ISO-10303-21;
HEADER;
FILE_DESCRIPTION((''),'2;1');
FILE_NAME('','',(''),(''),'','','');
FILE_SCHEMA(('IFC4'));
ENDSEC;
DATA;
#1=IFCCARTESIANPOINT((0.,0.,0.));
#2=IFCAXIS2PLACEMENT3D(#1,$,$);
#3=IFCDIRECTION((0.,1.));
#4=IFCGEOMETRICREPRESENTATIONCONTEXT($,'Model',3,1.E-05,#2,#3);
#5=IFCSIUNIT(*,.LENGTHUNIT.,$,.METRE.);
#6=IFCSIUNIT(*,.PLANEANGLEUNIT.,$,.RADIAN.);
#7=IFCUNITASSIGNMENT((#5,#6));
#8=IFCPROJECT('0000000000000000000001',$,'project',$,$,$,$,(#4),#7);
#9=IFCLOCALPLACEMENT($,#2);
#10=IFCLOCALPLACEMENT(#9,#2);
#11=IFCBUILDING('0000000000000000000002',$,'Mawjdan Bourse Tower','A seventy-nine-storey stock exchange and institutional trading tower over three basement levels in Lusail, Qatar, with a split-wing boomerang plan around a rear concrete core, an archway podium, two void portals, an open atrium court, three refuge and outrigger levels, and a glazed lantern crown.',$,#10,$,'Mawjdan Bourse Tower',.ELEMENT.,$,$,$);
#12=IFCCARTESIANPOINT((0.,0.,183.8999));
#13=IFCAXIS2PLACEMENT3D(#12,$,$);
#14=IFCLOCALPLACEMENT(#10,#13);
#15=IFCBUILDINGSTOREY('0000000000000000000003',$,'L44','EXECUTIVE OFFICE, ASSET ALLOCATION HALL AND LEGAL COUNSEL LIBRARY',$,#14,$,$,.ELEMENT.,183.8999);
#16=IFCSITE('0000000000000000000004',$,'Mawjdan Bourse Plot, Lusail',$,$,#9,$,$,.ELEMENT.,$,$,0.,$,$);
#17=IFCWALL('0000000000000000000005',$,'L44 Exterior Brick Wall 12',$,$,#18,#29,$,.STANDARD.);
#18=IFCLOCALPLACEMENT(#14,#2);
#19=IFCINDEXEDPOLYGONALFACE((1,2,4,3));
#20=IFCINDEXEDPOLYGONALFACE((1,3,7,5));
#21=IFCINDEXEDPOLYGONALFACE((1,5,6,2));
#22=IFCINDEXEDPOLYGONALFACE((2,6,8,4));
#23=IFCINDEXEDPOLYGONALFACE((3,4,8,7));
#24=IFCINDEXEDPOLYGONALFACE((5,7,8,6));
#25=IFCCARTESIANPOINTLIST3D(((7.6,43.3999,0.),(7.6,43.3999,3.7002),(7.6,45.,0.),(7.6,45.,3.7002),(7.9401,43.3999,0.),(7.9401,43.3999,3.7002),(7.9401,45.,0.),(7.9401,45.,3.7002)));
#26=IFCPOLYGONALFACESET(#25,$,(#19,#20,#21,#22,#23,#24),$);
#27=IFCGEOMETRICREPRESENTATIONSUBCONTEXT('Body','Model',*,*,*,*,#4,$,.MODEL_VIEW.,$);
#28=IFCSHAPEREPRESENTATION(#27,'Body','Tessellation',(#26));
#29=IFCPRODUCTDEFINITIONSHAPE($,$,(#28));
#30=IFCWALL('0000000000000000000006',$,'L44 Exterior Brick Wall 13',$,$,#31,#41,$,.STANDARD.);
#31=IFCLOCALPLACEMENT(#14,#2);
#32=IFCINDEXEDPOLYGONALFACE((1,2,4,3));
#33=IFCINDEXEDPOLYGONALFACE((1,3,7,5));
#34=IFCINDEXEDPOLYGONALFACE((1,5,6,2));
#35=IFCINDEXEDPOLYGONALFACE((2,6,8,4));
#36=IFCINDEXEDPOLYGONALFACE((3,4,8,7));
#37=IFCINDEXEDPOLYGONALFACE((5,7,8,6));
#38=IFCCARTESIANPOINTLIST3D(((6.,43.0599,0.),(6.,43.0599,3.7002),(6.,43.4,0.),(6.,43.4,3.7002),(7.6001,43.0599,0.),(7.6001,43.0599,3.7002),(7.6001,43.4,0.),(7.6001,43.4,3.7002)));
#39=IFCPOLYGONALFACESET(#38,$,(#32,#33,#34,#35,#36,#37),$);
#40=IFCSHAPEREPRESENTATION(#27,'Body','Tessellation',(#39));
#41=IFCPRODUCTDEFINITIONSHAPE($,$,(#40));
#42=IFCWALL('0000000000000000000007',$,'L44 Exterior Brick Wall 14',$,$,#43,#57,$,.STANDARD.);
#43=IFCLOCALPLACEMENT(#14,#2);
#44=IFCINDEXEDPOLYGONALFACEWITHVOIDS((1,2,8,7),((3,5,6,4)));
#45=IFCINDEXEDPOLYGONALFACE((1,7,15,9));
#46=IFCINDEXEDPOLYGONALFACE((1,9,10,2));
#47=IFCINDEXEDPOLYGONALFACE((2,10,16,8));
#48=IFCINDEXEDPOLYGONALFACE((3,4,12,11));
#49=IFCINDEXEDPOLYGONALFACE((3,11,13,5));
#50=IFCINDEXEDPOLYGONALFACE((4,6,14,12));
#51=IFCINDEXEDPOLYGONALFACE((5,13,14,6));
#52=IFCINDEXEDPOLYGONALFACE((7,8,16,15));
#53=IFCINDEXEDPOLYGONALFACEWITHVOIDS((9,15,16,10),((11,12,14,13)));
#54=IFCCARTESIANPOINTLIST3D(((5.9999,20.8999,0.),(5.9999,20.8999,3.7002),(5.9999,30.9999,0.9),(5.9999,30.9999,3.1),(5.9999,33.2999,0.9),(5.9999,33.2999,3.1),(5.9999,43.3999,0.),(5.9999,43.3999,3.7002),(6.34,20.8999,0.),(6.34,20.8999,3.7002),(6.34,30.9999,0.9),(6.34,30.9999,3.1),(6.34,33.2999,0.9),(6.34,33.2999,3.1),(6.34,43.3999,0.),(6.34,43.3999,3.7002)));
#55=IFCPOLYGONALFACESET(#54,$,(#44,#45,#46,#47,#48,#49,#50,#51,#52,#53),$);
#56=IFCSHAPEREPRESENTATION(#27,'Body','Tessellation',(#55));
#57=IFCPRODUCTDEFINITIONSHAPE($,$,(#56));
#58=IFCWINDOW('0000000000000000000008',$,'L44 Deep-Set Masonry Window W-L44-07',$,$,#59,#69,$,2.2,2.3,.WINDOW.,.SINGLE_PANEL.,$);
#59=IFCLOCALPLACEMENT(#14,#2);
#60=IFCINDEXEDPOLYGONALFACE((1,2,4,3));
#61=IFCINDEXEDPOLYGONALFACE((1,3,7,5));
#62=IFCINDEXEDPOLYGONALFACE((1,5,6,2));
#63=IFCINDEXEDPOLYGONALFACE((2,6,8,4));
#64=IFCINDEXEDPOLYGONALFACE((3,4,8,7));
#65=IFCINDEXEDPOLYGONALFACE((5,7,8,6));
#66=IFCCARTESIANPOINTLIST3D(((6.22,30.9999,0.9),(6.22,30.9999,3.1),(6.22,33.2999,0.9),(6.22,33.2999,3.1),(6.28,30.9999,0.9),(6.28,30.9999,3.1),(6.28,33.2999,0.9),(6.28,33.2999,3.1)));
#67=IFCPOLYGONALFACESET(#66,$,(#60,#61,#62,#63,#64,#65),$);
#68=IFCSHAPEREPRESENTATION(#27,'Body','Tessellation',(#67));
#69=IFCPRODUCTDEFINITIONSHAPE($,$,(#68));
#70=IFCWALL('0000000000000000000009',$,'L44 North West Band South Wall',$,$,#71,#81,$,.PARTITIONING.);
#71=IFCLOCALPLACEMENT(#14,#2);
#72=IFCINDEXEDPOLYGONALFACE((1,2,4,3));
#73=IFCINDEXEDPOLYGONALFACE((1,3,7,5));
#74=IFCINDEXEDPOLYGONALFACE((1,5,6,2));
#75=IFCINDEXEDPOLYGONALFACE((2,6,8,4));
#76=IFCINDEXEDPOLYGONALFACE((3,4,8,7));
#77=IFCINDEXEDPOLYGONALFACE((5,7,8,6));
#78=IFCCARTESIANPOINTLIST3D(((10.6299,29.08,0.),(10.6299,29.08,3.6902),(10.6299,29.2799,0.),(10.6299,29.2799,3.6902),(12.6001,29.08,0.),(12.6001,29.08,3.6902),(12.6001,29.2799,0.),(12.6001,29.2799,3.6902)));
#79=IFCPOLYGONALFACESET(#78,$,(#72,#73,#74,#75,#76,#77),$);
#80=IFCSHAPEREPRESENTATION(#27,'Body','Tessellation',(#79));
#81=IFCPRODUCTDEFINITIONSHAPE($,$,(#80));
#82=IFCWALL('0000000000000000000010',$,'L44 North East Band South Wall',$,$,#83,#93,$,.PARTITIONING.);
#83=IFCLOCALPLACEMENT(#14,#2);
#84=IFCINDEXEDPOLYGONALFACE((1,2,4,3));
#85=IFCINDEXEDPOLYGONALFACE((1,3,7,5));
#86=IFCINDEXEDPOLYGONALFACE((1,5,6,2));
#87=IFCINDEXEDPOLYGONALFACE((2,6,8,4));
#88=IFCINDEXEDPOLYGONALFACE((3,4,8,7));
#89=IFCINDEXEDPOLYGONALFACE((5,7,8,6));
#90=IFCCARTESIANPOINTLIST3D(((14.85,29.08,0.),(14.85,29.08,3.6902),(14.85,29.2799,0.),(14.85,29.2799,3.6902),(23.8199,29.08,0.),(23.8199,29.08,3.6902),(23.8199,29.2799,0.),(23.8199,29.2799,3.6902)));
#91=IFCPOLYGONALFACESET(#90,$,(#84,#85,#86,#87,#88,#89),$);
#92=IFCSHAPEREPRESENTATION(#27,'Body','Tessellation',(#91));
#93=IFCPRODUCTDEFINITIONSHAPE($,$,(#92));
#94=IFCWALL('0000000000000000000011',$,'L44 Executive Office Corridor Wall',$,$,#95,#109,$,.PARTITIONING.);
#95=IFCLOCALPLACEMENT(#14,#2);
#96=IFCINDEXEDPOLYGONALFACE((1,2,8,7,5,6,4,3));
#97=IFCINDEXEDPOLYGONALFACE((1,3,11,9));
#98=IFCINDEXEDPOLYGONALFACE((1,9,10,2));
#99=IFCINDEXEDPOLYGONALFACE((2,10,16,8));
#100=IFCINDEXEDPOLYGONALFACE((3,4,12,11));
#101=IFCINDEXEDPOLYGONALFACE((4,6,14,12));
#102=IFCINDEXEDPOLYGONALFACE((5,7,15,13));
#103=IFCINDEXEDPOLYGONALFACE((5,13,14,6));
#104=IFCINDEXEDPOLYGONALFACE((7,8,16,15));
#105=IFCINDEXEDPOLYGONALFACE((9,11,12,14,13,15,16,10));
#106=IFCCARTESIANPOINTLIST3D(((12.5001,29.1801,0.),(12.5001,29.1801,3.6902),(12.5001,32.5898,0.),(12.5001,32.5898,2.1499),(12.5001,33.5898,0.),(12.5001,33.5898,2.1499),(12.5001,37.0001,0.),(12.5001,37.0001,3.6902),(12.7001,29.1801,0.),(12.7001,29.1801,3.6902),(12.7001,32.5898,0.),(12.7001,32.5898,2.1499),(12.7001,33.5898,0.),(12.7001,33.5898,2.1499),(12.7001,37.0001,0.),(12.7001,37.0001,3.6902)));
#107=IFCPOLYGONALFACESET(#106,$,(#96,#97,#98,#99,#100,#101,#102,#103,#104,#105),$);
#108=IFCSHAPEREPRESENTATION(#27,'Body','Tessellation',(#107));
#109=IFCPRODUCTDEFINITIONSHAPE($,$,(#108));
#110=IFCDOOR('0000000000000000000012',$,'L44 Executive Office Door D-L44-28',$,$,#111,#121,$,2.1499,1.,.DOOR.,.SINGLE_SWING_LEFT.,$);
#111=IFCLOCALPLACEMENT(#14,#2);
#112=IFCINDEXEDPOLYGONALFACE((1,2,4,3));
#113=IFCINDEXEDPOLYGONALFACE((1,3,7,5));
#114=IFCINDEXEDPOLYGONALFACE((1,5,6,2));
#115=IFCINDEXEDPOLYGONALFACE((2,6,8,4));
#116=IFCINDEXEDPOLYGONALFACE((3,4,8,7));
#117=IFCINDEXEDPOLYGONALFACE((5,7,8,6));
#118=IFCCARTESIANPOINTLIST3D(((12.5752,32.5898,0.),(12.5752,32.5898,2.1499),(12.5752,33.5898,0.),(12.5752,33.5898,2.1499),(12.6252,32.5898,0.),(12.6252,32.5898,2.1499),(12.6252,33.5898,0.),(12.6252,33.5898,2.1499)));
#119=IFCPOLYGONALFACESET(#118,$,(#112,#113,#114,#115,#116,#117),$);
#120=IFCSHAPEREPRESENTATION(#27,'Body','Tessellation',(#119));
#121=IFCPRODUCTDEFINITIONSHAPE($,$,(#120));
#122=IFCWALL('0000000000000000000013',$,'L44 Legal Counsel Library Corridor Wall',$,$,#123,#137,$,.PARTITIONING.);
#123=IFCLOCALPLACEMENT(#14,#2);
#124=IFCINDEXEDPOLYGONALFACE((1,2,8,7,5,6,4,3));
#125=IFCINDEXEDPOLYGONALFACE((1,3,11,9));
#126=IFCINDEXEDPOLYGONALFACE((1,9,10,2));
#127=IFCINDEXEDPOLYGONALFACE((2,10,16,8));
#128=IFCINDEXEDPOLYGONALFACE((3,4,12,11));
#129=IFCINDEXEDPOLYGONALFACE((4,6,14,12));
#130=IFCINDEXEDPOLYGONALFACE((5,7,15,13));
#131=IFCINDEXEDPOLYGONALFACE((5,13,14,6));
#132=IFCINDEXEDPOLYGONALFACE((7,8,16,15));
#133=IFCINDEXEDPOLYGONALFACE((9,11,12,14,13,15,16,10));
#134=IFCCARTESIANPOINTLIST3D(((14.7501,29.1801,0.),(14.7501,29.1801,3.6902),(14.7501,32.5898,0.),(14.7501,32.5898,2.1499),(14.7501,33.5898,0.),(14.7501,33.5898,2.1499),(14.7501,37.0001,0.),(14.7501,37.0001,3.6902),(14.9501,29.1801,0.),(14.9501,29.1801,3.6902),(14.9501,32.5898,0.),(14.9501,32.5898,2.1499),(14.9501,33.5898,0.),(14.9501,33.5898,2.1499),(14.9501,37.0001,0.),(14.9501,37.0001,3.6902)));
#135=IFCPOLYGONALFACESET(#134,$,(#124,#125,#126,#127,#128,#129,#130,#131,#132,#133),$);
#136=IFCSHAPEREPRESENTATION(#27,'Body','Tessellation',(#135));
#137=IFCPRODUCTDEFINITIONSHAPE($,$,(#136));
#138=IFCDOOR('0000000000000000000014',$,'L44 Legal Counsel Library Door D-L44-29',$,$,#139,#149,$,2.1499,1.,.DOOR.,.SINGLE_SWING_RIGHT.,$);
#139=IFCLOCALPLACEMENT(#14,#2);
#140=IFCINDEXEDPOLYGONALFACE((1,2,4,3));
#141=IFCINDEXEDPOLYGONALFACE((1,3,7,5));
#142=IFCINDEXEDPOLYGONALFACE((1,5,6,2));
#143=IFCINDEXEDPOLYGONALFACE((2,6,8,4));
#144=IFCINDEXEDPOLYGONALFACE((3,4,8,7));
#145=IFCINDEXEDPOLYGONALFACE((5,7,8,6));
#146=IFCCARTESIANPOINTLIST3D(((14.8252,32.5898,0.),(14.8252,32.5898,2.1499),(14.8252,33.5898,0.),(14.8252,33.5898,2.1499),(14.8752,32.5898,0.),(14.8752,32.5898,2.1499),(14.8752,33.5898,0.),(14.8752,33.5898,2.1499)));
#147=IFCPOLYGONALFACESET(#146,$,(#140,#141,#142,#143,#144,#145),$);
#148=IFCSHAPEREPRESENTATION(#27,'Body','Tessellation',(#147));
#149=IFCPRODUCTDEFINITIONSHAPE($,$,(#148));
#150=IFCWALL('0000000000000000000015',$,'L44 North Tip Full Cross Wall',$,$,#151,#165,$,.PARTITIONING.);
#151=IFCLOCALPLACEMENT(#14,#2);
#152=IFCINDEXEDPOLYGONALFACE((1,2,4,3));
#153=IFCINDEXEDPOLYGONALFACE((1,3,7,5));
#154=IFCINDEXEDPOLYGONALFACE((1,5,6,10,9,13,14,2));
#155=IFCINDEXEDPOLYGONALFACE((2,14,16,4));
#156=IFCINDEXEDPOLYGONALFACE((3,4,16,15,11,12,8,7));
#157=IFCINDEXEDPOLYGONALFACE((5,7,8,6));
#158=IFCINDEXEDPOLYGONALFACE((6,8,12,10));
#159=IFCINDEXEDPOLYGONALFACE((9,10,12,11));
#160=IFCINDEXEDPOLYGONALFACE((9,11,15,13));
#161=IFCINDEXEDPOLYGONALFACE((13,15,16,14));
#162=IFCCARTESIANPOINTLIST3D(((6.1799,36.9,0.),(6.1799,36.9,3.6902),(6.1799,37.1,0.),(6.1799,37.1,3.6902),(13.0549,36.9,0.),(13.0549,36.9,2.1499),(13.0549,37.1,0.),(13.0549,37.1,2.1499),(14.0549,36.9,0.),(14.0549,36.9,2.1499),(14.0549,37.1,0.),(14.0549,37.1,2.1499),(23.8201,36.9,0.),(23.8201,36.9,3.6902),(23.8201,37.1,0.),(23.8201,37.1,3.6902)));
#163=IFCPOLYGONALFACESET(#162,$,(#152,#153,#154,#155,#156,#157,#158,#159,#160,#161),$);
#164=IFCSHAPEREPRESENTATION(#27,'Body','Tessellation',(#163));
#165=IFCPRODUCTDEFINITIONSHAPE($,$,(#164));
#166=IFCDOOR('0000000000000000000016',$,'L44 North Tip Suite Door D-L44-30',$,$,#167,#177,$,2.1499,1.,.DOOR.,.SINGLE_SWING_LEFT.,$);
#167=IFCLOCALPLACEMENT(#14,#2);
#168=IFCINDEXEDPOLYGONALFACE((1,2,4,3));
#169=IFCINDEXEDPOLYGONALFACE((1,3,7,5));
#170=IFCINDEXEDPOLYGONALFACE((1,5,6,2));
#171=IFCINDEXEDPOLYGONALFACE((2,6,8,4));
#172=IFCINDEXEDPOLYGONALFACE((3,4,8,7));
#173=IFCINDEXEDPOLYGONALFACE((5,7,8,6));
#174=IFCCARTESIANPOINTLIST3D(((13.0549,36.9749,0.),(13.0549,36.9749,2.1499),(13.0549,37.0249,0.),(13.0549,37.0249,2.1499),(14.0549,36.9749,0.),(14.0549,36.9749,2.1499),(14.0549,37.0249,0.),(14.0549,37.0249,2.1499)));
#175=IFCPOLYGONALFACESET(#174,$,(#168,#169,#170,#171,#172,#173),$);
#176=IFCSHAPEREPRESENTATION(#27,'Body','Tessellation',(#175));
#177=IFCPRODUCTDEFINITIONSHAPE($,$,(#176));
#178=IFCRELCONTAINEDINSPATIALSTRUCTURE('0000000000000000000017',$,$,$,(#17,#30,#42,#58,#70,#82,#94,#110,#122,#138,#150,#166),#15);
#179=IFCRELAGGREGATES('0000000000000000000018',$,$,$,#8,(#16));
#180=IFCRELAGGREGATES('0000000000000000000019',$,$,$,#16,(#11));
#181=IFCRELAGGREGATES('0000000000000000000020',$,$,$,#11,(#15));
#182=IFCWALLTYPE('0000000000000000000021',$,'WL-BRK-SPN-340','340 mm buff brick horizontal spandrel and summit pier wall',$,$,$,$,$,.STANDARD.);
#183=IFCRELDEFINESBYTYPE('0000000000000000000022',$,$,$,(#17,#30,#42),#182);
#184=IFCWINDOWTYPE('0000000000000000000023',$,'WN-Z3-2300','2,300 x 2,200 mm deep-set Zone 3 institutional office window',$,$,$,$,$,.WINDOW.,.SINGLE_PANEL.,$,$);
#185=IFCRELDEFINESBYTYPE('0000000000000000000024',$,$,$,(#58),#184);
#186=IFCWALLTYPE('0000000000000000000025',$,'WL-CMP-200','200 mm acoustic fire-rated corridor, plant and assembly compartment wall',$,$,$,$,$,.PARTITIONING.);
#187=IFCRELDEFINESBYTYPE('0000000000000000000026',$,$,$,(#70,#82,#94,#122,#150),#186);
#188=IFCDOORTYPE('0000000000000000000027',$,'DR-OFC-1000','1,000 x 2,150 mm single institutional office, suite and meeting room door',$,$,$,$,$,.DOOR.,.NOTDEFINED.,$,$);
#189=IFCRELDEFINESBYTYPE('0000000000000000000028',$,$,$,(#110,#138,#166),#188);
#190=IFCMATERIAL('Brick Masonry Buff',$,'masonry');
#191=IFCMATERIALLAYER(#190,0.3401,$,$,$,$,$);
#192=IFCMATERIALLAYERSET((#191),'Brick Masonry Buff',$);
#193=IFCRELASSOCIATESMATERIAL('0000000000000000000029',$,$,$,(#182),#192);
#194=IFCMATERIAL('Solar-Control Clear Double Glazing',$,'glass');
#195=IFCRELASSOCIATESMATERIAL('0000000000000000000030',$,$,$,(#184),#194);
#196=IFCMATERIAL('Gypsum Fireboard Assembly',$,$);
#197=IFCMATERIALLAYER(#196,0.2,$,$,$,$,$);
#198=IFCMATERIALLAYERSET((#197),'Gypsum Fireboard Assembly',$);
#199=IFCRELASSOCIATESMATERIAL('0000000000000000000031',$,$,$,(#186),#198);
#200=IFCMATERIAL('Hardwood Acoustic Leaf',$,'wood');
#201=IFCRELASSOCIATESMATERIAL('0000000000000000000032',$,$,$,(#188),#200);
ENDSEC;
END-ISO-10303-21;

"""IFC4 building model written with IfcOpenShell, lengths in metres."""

from ifc_helpers import new_model, si_unit, direction, frame, frame_2d, origin, place, context, subcontext, project, spatial, rectangle, extrude, material, layer, layer_set, type_object, element, fill, save


model = new_model("IFC4")

# Units and contexts
model_context = context("Model", 3, precision=1e-05, world=origin(), true_north=direction((0.0, 1.0)))
body_context = subcontext(model_context, "Body", "Model", "MODEL_VIEW")
ifc_project = project(units=[si_unit("LENGTHUNIT", "METRE"), si_unit("PLANEANGLEUNIT", "RADIAN")], contexts=[model_context])

# Site, building, storey
site_placement = place(None, origin())
site = spatial("IfcSite", under=ifc_project, at=site_placement, Name="Mawjdan Bourse Plot, Lusail", CompositionType="ELEMENT", RefElevation=0.0)
building_placement = place(site_placement, origin())
building = spatial("IfcBuilding", under=site, at=building_placement, Name="Mawjdan Bourse Tower", Description="A seventy-nine-storey stock exchange and institutional trading tower over three basement levels in Lusail, Qatar, with a split-wing boomerang plan around a rear concrete core, an archway podium, two void portals, an open atrium court, three refuge and outrigger levels, and a glazed lantern crown.", LongName="Mawjdan Bourse Tower", CompositionType="ELEMENT")
storey_placement = place(building_placement, frame((0.0, 0.0, 183.8999)))
storey = spatial("IfcBuildingStorey", under=building, at=storey_placement, Name="L44", Description="EXECUTIVE OFFICE, ASSET ALLOCATION HALL AND LEGAL COUNSEL LIBRARY", CompositionType="ELEMENT", Elevation=183.8999)

# Walls
ifc_material_1 = material(Name="Brick Masonry Buff", Category="masonry")
ifc_layer_1 = layer(ifc_material_1, 0.3401)
ifc_layer_set_1 = layer_set([ifc_layer_1], Name="Brick Masonry Buff")
wall_type_1 = type_object("IfcWallType", Name="WL-BRK-SPN-340", Description="340 mm buff brick horizontal spandrel and summit pier wall", PredefinedType="STANDARD", material=ifc_layer_set_1)
for number, where, z_axis, x_axis, name in (
    (1, (7.77, 45.0, 0.0), (0.0, 0.0, 1.0), (0.0, -1.0, 0.0), "L44 Exterior Brick Wall 12"),
    (2, (7.6001, 43.23, 0.0), (0.0, 0.0, 1.0), (-1.0, 0.0, 0.0), "L44 Exterior Brick Wall 13"),
):
    element("IfcWall", number, at=place(storey_placement, frame(where, z_axis=z_axis, x_axis=x_axis)), inside=storey, type_object=wall_type_1, Name=name, PredefinedType="STANDARD", context=body_context, shape_type="SweptSolid", body=[
        extrude(rectangle(XDim=1.6001, YDim=0.3401, at=frame_2d((0.8, 0.0))), origin(), (0.0, 0.0, 1.0), 3.7002),
    ])

# Wall, opening, window
wall_1_placement = place(storey_placement, frame((6.1699, 43.3999, 0.0), z_axis=(0.0, 0.0, 1.0), x_axis=(0.0, -1.0, 0.0)))
wall_1 = element("IfcWall", 3, at=wall_1_placement, inside=storey, type_object=wall_type_1, Name="L44 Exterior Brick Wall 14", PredefinedType="STANDARD", context=body_context, shape_type="SweptSolid", body=[
    extrude(rectangle(XDim=22.5, YDim=0.3401, at=frame_2d((11.25, 0.0))), origin(), (0.0, 0.0, 1.0), 3.7002),
])
opening_1_placement = place(wall_1_placement, frame((10.1001, 0.0, 0.8999)))
opening_1 = element("IfcOpeningElement", 4, at=opening_1_placement, cuts=wall_1, PredefinedType="OPENING", context=body_context, shape_type="SweptSolid", body=[
    extrude(rectangle(XDim=2.3, YDim=2.2, at=frame_2d((1.1499, 1.1001))), frame((0.0, 0.1802, 0.0), z_axis=(0.0, -1.0, 0.0), x_axis=(1.0, 0.0, 0.0)), (0.0, 0.0, 1.0), 0.3601),
])
ifc_material_2 = material(Name="Solar-Control Clear Double Glazing", Category="glass")
window_type = type_object("IfcWindowType", Name="WN-Z3-2300", Description="2,300 x 2,200 mm deep-set Zone 3 institutional office window", PartitioningType="SINGLE_PANEL", PredefinedType="WINDOW", material=ifc_material_2)
window_placement = place(opening_1_placement, origin())
window = element("IfcWindow", 5, at=window_placement, inside=storey, type_object=window_type, Name="L44 Deep-Set Masonry Window W-L44-07", OverallHeight=2.2, OverallWidth=2.3, PartitioningType="SINGLE_PANEL", PredefinedType="WINDOW", context=body_context, shape_type="SweptSolid", body=[
    extrude(rectangle(XDim=2.3, YDim=2.2, at=frame_2d((1.1499, 1.1001))), frame((0.0, 0.1101, 0.0), z_axis=(0.0, -1.0, 0.0), x_axis=(1.0, 0.0, 0.0)), (0.0, 0.0, 1.0), 0.0601),
])
fill(opening_1, window)

# Walls
ifc_material_3 = material(Name="Gypsum Fireboard Assembly")
ifc_layer_2 = layer(ifc_material_3, 0.2)
ifc_layer_set_2 = layer_set([ifc_layer_2], Name="Gypsum Fireboard Assembly")
wall_type_2 = type_object("IfcWallType", Name="WL-CMP-200", Description="200 mm acoustic fire-rated corridor, plant and assembly compartment wall", PredefinedType="PARTITIONING", material=ifc_layer_set_2)
wall_2_placement = place(storey_placement, frame((10.6299, 29.1799, 0.0), z_axis=(0.0, 0.0, 1.0), x_axis=(1.0, 0.0, 0.0)))
element("IfcWall", 6, at=wall_2_placement, inside=storey, type_object=wall_type_2, Name="L44 North West Band South Wall", PredefinedType="PARTITIONING", context=body_context, shape_type="SweptSolid", body=[
    extrude(rectangle(XDim=1.9702, YDim=0.2, at=frame_2d((0.9851, 0.0))), origin(), (0.0, 0.0, 1.0), 3.6902),
])
wall_3_placement = place(storey_placement, frame((14.8501, 29.1799, 0.0), z_axis=(0.0, 0.0, 1.0), x_axis=(1.0, 0.0, 0.0)))
element("IfcWall", 7, at=wall_3_placement, inside=storey, type_object=wall_type_2, Name="L44 North East Band South Wall", PredefinedType="PARTITIONING", context=body_context, shape_type="SweptSolid", body=[
    extrude(rectangle(XDim=8.97, YDim=0.2, at=frame_2d((4.4849, 0.0))), origin(), (0.0, 0.0, 1.0), 3.6902),
])

# Walls, openings, doors
wall_4_placement = place(storey_placement, frame((12.6001, 29.1799, 0.0), z_axis=(0.0, 0.0, 1.0), x_axis=(0.0, 1.0, 0.0)))
wall_4 = element("IfcWall", 8, at=wall_4_placement, inside=storey, type_object=wall_type_2, Name="L44 Executive Office Corridor Wall", PredefinedType="PARTITIONING", context=body_context, shape_type="SweptSolid", body=[
    extrude(rectangle(XDim=7.8201, YDim=0.2, at=frame_2d((3.9102, 0.0))), origin(), (0.0, 0.0, 1.0), 3.6902),
])
opening_2_placement = place(wall_4_placement, frame((3.4099, 0.0, 0.0)))
opening_2 = element("IfcOpeningElement", 9, at=opening_2_placement, cuts=wall_4, PredefinedType="OPENING", context=body_context, shape_type="SweptSolid", body=[
    extrude(rectangle(XDim=1.0, YDim=2.1499, at=frame_2d((0.5, 1.075))), frame((0.0, 0.1099, 0.0), z_axis=(0.0, -1.0, 0.0), x_axis=(1.0, 0.0, 0.0)), (0.0, 0.0, 1.0), 0.22),
])
ifc_material_4 = material(Name="Hardwood Acoustic Leaf", Category="wood")
door_type = type_object("IfcDoorType", Name="DR-OFC-1000", Description="1,000 x 2,150 mm single institutional office, suite and meeting room door", OperationType="NOTDEFINED", PredefinedType="DOOR", material=ifc_material_4)
door_1_placement = place(opening_2_placement, origin())
door_1 = element("IfcDoor", 10, at=door_1_placement, inside=storey, type_object=door_type, Name="L44 Executive Office Door D-L44-28", OperationType="SINGLE_SWING_LEFT", OverallHeight=2.1499, OverallWidth=1.0, PredefinedType="DOOR", context=body_context, shape_type="SweptSolid", body=[
    extrude(rectangle(XDim=1.0, YDim=2.1499, at=frame_2d((0.5, 1.075))), frame((0.0, 0.0249, 0.0), z_axis=(0.0, -1.0, 0.0), x_axis=(1.0, 0.0, 0.0)), (0.0, 0.0, 1.0), 0.05),
])
fill(opening_2, door_1)
wall_5_placement = place(storey_placement, frame((14.8501, 29.1799, 0.0), z_axis=(0.0, 0.0, 1.0), x_axis=(0.0, 1.0, 0.0)))
wall_5 = element("IfcWall", 11, at=wall_5_placement, inside=storey, type_object=wall_type_2, Name="L44 Legal Counsel Library Corridor Wall", PredefinedType="PARTITIONING", context=body_context, shape_type="SweptSolid", body=[
    extrude(rectangle(XDim=7.8201, YDim=0.2, at=frame_2d((3.9102, 0.0))), origin(), (0.0, 0.0, 1.0), 3.6902),
])
opening_3_placement = place(wall_5_placement, frame((3.4099, 0.0, 0.0)))
opening_3 = element("IfcOpeningElement", 12, at=opening_3_placement, cuts=wall_5, PredefinedType="OPENING", context=body_context, shape_type="SweptSolid", body=[
    extrude(rectangle(XDim=1.0, YDim=2.1499, at=frame_2d((0.5, 1.075))), frame((0.0, 0.1099, 0.0), z_axis=(0.0, -1.0, 0.0), x_axis=(1.0, 0.0, 0.0)), (0.0, 0.0, 1.0), 0.22),
])
door_2_placement = place(opening_3_placement, origin())
door_2 = element("IfcDoor", 13, at=door_2_placement, inside=storey, type_object=door_type, Name="L44 Legal Counsel Library Door D-L44-29", OperationType="SINGLE_SWING_RIGHT", OverallHeight=2.1499, OverallWidth=1.0, PredefinedType="DOOR", context=body_context, shape_type="SweptSolid", body=[
    extrude(rectangle(XDim=1.0, YDim=2.1499, at=frame_2d((0.5, 1.075))), frame((0.0, 0.0249, 0.0), z_axis=(0.0, -1.0, 0.0), x_axis=(1.0, 0.0, 0.0)), (0.0, 0.0, 1.0), 0.05),
])
fill(opening_3, door_2)
wall_6_placement = place(storey_placement, frame((6.1799, 37.0, 0.0), z_axis=(0.0, 0.0, 1.0), x_axis=(1.0, 0.0, 0.0)))
wall_6 = element("IfcWall", 14, at=wall_6_placement, inside=storey, type_object=wall_type_2, Name="L44 North Tip Full Cross Wall", PredefinedType="PARTITIONING", context=body_context, shape_type="SweptSolid", body=[
    extrude(rectangle(XDim=17.6401, YDim=0.2, at=frame_2d((8.8201, 0.0))), origin(), (0.0, 0.0, 1.0), 3.6902),
])
opening_4_placement = place(wall_6_placement, frame((6.875, 0.0, 0.0)))
opening_4 = element("IfcOpeningElement", 15, at=opening_4_placement, cuts=wall_6, PredefinedType="OPENING", context=body_context, shape_type="SweptSolid", body=[
    extrude(rectangle(XDim=1.0, YDim=2.1499, at=frame_2d((0.5, 1.075))), frame((0.0, 0.1099, 0.0), z_axis=(0.0, -1.0, 0.0), x_axis=(1.0, 0.0, 0.0)), (0.0, 0.0, 1.0), 0.22),
])
door_3_placement = place(opening_4_placement, origin())
door_3 = element("IfcDoor", 16, at=door_3_placement, inside=storey, type_object=door_type, Name="L44 North Tip Suite Door D-L44-30", OperationType="SINGLE_SWING_LEFT", OverallHeight=2.1499, OverallWidth=1.0, PredefinedType="DOOR", context=body_context, shape_type="SweptSolid", body=[
    extrude(rectangle(XDim=1.0, YDim=2.1499, at=frame_2d((0.5, 1.075))), frame((0.0, 0.0249, 0.0), z_axis=(0.0, -1.0, 0.0), x_axis=(1.0, 0.0, 0.0)), (0.0, 0.0, 1.0), 0.05),
])
fill(opening_4, door_3)

save(model, "model.ifc")
